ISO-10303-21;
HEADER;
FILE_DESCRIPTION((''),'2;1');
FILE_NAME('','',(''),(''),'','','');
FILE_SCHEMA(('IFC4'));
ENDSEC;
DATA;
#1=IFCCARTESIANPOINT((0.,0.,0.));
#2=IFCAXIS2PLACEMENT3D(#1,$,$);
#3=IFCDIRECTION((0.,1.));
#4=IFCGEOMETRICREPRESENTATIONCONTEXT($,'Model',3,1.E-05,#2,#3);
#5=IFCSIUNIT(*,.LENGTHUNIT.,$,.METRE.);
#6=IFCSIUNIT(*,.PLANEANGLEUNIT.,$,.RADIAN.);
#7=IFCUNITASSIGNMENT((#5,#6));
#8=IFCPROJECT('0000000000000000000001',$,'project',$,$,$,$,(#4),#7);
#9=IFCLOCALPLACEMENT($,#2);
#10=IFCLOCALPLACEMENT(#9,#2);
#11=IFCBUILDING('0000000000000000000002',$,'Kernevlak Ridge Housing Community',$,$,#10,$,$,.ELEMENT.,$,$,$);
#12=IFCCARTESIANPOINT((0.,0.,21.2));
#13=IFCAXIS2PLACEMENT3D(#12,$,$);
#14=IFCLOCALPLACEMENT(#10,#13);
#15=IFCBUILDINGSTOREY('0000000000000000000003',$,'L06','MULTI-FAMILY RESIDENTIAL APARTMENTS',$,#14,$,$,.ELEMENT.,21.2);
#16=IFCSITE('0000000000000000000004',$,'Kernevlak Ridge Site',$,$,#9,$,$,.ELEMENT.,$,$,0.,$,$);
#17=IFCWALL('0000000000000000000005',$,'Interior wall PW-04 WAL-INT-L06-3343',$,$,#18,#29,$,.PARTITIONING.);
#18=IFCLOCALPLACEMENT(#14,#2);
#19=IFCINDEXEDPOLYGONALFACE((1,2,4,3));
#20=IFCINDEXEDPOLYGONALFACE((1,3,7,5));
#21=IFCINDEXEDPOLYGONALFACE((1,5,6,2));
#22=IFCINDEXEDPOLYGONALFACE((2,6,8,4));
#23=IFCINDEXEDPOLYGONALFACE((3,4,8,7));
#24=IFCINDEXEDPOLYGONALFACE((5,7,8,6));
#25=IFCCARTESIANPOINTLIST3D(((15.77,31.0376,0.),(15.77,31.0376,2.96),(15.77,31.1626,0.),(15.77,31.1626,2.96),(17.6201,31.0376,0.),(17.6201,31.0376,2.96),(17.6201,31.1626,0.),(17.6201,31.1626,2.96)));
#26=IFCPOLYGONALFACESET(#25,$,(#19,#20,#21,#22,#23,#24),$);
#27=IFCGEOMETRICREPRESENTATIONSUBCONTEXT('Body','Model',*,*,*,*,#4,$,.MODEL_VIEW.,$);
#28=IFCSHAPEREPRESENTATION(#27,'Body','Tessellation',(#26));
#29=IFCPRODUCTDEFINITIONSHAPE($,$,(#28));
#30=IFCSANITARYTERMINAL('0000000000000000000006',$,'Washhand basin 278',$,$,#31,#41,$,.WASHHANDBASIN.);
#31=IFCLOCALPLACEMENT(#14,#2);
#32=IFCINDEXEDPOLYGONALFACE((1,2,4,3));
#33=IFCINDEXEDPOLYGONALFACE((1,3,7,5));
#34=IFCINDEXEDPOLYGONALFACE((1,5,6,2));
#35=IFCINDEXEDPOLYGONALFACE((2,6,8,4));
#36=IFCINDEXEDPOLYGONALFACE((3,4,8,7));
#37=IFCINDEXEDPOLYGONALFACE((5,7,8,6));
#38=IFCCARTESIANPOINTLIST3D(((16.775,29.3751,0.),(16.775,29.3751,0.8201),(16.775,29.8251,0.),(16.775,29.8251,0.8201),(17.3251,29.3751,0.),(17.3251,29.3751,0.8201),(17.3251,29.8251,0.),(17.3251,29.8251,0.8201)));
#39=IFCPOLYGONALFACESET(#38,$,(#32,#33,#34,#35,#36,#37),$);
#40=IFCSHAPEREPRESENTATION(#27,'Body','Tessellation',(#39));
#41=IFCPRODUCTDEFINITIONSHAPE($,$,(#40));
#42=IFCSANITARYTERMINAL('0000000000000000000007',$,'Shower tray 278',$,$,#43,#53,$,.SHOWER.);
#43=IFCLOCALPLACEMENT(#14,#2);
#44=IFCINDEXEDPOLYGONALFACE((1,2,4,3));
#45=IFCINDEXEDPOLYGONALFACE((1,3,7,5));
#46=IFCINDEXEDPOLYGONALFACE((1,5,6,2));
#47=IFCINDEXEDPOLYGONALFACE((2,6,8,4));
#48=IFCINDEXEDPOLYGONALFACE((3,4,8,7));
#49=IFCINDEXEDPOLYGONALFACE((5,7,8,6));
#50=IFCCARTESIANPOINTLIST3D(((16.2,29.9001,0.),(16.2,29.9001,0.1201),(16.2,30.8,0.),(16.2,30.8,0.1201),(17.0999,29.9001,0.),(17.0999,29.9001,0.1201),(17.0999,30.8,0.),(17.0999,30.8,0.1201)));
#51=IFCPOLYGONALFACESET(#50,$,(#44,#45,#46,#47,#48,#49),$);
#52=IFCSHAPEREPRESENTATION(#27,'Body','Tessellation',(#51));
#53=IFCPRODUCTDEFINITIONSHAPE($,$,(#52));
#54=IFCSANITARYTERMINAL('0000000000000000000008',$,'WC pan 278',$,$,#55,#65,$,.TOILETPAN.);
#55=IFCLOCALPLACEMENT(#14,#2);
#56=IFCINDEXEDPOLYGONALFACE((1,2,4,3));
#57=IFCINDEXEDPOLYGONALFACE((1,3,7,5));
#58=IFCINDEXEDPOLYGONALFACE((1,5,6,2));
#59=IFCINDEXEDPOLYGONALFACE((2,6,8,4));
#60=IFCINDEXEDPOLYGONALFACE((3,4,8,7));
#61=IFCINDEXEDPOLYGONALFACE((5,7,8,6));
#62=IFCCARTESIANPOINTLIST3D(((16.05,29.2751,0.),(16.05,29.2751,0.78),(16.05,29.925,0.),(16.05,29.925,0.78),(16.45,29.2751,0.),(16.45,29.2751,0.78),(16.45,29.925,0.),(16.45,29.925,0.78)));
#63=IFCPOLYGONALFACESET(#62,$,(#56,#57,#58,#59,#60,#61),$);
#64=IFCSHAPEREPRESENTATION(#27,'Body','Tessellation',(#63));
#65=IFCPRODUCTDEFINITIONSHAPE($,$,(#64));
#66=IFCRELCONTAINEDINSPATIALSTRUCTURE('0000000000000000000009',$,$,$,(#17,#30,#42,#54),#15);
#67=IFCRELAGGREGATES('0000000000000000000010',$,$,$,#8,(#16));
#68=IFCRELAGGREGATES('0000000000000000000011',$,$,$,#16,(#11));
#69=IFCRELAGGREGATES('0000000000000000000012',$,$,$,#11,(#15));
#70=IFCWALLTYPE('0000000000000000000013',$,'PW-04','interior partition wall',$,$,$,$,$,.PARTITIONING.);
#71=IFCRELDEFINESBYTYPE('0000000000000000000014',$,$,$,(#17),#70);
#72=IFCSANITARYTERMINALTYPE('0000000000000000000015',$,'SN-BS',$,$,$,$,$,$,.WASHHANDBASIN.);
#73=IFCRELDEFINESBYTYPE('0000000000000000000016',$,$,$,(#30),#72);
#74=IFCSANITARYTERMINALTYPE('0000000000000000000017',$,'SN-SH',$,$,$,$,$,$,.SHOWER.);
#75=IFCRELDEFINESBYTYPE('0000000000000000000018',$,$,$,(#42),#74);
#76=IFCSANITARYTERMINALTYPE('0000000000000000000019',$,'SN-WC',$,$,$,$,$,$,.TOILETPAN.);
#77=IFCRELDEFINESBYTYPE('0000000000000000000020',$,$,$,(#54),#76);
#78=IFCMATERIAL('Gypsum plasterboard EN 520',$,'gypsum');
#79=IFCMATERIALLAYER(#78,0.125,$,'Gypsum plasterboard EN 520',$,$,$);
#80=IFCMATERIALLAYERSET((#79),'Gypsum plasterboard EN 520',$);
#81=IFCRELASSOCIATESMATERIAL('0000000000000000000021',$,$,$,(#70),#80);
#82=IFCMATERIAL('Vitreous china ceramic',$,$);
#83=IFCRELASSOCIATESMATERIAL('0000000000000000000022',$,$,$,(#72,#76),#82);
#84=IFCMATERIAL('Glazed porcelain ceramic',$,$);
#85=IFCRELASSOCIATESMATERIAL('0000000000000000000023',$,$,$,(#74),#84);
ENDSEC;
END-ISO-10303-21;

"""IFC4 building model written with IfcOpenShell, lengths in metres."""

from ifc_helpers import new_model, si_unit, direction, frame, frame_2d, origin, origin_2d, place, context, subcontext, project, spatial, rectangle, extrude, material, layer, layer_set, type_object, element, save


model = new_model("IFC4")

# Units and contexts
model_context = context("Model", 3, precision=1e-05, world=origin(), true_north=direction((0.0, 1.0)))
body_context = subcontext(model_context, "Body", "Model", "MODEL_VIEW")
ifc_project = project(units=[si_unit("LENGTHUNIT", "METRE"), si_unit("PLANEANGLEUNIT", "RADIAN")], contexts=[model_context])

# Site, building, storey
site_placement = place(None, origin())
site = spatial("IfcSite", under=ifc_project, at=site_placement, Name="Kernevlak Ridge Site", CompositionType="ELEMENT", RefElevation=0.0)
building_placement = place(site_placement, origin())
building = spatial("IfcBuilding", under=site, at=building_placement, Name="Kernevlak Ridge Housing Community", CompositionType="ELEMENT")
storey_placement = place(building_placement, frame((0.0, 0.0, 21.2)))
storey = spatial("IfcBuildingStorey", under=building, at=storey_placement, Name="L06", Description="MULTI-FAMILY RESIDENTIAL APARTMENTS", CompositionType="ELEMENT", Elevation=21.2)

# Shared definitions
ifc_material_1 = material(Name="Gypsum plasterboard EN 520", Category="gypsum")
ifc_layer_1 = layer(ifc_material_1, 0.125, Name="Gypsum plasterboard EN 520")
ifc_layer_set_1 = layer_set([ifc_layer_1], Name="Gypsum plasterboard EN 520")
wall_type_1 = type_object("IfcWallType", Name="PW-04", Description="interior partition wall", PredefinedType="PARTITIONING", material=ifc_layer_set_1)

# Wall
wall_1_placement = place(storey_placement, frame((15.77, 31.1001, 0.0), z_axis=(0.0, 0.0, 1.0), x_axis=(1.0, 0.0, 0.0)))
element("IfcWall", 1, at=wall_1_placement, inside=storey, type_object=wall_type_1, Name="Interior wall PW-04 WAL-INT-L06-3343", PredefinedType="PARTITIONING", context=body_context, shape_type="SweptSolid", body=[
    extrude(rectangle(XDim=1.8501, YDim=0.125, at=frame_2d((0.925, 0.0))), origin(), (0.0, 0.0, 1.0), 2.96),
])

# Sanitary terminals
ifc_material_2 = material(Name="Vitreous china ceramic")
sanitary_terminal_type_1 = type_object("IfcSanitaryTerminalType", Name="SN-BS", PredefinedType="WASHHANDBASIN", material=ifc_material_2)
sanitary_terminal_1_placement = place(storey_placement, frame((17.05, 29.6001, 0.0), z_axis=(0.0, 0.0, 1.0), x_axis=(1.0, 0.0, 0.0)))
element("IfcSanitaryTerminal", 2, at=sanitary_terminal_1_placement, inside=storey, type_object=sanitary_terminal_type_1, Name="Washhand basin 278", PredefinedType="WASHHANDBASIN", context=body_context, shape_type="SweptSolid", body=[
    extrude(rectangle(XDim=0.55, YDim=0.45, at=origin_2d()), origin(), (0.0, 0.0, 1.0), 0.8201),
])
ifc_material_3 = material(Name="Glazed porcelain ceramic")
sanitary_terminal_type_2 = type_object("IfcSanitaryTerminalType", Name="SN-SH", PredefinedType="SHOWER", material=ifc_material_3)
sanitary_terminal_2_placement = place(storey_placement, frame((16.6499, 30.3501, 0.0), z_axis=(0.0, 0.0, 1.0), x_axis=(1.0, 0.0, 0.0)))
element("IfcSanitaryTerminal", 3, at=sanitary_terminal_2_placement, inside=storey, type_object=sanitary_terminal_type_2, Name="Shower tray 278", PredefinedType="SHOWER", context=body_context, shape_type="SweptSolid", body=[
    extrude(rectangle(XDim=0.8999, YDim=0.8999, at=origin_2d()), origin(), (0.0, 0.0, 1.0), 0.1201),
])
sanitary_terminal_type_3 = type_object("IfcSanitaryTerminalType", Name="SN-WC", PredefinedType="TOILETPAN", material=ifc_material_2)
sanitary_terminal_3_placement = place(storey_placement, frame((16.25, 29.6001, 0.0), z_axis=(0.0, 0.0, 1.0), x_axis=(1.0, 0.0, 0.0)))
element("IfcSanitaryTerminal", 4, at=sanitary_terminal_3_placement, inside=storey, type_object=sanitary_terminal_type_3, Name="WC pan 278", PredefinedType="TOILETPAN", context=body_context, shape_type="SweptSolid", body=[
    extrude(rectangle(XDim=0.3999, YDim=0.6499, at=origin_2d()), origin(), (0.0, 0.0, 1.0), 0.78),
])

save(model, "model.ifc")
